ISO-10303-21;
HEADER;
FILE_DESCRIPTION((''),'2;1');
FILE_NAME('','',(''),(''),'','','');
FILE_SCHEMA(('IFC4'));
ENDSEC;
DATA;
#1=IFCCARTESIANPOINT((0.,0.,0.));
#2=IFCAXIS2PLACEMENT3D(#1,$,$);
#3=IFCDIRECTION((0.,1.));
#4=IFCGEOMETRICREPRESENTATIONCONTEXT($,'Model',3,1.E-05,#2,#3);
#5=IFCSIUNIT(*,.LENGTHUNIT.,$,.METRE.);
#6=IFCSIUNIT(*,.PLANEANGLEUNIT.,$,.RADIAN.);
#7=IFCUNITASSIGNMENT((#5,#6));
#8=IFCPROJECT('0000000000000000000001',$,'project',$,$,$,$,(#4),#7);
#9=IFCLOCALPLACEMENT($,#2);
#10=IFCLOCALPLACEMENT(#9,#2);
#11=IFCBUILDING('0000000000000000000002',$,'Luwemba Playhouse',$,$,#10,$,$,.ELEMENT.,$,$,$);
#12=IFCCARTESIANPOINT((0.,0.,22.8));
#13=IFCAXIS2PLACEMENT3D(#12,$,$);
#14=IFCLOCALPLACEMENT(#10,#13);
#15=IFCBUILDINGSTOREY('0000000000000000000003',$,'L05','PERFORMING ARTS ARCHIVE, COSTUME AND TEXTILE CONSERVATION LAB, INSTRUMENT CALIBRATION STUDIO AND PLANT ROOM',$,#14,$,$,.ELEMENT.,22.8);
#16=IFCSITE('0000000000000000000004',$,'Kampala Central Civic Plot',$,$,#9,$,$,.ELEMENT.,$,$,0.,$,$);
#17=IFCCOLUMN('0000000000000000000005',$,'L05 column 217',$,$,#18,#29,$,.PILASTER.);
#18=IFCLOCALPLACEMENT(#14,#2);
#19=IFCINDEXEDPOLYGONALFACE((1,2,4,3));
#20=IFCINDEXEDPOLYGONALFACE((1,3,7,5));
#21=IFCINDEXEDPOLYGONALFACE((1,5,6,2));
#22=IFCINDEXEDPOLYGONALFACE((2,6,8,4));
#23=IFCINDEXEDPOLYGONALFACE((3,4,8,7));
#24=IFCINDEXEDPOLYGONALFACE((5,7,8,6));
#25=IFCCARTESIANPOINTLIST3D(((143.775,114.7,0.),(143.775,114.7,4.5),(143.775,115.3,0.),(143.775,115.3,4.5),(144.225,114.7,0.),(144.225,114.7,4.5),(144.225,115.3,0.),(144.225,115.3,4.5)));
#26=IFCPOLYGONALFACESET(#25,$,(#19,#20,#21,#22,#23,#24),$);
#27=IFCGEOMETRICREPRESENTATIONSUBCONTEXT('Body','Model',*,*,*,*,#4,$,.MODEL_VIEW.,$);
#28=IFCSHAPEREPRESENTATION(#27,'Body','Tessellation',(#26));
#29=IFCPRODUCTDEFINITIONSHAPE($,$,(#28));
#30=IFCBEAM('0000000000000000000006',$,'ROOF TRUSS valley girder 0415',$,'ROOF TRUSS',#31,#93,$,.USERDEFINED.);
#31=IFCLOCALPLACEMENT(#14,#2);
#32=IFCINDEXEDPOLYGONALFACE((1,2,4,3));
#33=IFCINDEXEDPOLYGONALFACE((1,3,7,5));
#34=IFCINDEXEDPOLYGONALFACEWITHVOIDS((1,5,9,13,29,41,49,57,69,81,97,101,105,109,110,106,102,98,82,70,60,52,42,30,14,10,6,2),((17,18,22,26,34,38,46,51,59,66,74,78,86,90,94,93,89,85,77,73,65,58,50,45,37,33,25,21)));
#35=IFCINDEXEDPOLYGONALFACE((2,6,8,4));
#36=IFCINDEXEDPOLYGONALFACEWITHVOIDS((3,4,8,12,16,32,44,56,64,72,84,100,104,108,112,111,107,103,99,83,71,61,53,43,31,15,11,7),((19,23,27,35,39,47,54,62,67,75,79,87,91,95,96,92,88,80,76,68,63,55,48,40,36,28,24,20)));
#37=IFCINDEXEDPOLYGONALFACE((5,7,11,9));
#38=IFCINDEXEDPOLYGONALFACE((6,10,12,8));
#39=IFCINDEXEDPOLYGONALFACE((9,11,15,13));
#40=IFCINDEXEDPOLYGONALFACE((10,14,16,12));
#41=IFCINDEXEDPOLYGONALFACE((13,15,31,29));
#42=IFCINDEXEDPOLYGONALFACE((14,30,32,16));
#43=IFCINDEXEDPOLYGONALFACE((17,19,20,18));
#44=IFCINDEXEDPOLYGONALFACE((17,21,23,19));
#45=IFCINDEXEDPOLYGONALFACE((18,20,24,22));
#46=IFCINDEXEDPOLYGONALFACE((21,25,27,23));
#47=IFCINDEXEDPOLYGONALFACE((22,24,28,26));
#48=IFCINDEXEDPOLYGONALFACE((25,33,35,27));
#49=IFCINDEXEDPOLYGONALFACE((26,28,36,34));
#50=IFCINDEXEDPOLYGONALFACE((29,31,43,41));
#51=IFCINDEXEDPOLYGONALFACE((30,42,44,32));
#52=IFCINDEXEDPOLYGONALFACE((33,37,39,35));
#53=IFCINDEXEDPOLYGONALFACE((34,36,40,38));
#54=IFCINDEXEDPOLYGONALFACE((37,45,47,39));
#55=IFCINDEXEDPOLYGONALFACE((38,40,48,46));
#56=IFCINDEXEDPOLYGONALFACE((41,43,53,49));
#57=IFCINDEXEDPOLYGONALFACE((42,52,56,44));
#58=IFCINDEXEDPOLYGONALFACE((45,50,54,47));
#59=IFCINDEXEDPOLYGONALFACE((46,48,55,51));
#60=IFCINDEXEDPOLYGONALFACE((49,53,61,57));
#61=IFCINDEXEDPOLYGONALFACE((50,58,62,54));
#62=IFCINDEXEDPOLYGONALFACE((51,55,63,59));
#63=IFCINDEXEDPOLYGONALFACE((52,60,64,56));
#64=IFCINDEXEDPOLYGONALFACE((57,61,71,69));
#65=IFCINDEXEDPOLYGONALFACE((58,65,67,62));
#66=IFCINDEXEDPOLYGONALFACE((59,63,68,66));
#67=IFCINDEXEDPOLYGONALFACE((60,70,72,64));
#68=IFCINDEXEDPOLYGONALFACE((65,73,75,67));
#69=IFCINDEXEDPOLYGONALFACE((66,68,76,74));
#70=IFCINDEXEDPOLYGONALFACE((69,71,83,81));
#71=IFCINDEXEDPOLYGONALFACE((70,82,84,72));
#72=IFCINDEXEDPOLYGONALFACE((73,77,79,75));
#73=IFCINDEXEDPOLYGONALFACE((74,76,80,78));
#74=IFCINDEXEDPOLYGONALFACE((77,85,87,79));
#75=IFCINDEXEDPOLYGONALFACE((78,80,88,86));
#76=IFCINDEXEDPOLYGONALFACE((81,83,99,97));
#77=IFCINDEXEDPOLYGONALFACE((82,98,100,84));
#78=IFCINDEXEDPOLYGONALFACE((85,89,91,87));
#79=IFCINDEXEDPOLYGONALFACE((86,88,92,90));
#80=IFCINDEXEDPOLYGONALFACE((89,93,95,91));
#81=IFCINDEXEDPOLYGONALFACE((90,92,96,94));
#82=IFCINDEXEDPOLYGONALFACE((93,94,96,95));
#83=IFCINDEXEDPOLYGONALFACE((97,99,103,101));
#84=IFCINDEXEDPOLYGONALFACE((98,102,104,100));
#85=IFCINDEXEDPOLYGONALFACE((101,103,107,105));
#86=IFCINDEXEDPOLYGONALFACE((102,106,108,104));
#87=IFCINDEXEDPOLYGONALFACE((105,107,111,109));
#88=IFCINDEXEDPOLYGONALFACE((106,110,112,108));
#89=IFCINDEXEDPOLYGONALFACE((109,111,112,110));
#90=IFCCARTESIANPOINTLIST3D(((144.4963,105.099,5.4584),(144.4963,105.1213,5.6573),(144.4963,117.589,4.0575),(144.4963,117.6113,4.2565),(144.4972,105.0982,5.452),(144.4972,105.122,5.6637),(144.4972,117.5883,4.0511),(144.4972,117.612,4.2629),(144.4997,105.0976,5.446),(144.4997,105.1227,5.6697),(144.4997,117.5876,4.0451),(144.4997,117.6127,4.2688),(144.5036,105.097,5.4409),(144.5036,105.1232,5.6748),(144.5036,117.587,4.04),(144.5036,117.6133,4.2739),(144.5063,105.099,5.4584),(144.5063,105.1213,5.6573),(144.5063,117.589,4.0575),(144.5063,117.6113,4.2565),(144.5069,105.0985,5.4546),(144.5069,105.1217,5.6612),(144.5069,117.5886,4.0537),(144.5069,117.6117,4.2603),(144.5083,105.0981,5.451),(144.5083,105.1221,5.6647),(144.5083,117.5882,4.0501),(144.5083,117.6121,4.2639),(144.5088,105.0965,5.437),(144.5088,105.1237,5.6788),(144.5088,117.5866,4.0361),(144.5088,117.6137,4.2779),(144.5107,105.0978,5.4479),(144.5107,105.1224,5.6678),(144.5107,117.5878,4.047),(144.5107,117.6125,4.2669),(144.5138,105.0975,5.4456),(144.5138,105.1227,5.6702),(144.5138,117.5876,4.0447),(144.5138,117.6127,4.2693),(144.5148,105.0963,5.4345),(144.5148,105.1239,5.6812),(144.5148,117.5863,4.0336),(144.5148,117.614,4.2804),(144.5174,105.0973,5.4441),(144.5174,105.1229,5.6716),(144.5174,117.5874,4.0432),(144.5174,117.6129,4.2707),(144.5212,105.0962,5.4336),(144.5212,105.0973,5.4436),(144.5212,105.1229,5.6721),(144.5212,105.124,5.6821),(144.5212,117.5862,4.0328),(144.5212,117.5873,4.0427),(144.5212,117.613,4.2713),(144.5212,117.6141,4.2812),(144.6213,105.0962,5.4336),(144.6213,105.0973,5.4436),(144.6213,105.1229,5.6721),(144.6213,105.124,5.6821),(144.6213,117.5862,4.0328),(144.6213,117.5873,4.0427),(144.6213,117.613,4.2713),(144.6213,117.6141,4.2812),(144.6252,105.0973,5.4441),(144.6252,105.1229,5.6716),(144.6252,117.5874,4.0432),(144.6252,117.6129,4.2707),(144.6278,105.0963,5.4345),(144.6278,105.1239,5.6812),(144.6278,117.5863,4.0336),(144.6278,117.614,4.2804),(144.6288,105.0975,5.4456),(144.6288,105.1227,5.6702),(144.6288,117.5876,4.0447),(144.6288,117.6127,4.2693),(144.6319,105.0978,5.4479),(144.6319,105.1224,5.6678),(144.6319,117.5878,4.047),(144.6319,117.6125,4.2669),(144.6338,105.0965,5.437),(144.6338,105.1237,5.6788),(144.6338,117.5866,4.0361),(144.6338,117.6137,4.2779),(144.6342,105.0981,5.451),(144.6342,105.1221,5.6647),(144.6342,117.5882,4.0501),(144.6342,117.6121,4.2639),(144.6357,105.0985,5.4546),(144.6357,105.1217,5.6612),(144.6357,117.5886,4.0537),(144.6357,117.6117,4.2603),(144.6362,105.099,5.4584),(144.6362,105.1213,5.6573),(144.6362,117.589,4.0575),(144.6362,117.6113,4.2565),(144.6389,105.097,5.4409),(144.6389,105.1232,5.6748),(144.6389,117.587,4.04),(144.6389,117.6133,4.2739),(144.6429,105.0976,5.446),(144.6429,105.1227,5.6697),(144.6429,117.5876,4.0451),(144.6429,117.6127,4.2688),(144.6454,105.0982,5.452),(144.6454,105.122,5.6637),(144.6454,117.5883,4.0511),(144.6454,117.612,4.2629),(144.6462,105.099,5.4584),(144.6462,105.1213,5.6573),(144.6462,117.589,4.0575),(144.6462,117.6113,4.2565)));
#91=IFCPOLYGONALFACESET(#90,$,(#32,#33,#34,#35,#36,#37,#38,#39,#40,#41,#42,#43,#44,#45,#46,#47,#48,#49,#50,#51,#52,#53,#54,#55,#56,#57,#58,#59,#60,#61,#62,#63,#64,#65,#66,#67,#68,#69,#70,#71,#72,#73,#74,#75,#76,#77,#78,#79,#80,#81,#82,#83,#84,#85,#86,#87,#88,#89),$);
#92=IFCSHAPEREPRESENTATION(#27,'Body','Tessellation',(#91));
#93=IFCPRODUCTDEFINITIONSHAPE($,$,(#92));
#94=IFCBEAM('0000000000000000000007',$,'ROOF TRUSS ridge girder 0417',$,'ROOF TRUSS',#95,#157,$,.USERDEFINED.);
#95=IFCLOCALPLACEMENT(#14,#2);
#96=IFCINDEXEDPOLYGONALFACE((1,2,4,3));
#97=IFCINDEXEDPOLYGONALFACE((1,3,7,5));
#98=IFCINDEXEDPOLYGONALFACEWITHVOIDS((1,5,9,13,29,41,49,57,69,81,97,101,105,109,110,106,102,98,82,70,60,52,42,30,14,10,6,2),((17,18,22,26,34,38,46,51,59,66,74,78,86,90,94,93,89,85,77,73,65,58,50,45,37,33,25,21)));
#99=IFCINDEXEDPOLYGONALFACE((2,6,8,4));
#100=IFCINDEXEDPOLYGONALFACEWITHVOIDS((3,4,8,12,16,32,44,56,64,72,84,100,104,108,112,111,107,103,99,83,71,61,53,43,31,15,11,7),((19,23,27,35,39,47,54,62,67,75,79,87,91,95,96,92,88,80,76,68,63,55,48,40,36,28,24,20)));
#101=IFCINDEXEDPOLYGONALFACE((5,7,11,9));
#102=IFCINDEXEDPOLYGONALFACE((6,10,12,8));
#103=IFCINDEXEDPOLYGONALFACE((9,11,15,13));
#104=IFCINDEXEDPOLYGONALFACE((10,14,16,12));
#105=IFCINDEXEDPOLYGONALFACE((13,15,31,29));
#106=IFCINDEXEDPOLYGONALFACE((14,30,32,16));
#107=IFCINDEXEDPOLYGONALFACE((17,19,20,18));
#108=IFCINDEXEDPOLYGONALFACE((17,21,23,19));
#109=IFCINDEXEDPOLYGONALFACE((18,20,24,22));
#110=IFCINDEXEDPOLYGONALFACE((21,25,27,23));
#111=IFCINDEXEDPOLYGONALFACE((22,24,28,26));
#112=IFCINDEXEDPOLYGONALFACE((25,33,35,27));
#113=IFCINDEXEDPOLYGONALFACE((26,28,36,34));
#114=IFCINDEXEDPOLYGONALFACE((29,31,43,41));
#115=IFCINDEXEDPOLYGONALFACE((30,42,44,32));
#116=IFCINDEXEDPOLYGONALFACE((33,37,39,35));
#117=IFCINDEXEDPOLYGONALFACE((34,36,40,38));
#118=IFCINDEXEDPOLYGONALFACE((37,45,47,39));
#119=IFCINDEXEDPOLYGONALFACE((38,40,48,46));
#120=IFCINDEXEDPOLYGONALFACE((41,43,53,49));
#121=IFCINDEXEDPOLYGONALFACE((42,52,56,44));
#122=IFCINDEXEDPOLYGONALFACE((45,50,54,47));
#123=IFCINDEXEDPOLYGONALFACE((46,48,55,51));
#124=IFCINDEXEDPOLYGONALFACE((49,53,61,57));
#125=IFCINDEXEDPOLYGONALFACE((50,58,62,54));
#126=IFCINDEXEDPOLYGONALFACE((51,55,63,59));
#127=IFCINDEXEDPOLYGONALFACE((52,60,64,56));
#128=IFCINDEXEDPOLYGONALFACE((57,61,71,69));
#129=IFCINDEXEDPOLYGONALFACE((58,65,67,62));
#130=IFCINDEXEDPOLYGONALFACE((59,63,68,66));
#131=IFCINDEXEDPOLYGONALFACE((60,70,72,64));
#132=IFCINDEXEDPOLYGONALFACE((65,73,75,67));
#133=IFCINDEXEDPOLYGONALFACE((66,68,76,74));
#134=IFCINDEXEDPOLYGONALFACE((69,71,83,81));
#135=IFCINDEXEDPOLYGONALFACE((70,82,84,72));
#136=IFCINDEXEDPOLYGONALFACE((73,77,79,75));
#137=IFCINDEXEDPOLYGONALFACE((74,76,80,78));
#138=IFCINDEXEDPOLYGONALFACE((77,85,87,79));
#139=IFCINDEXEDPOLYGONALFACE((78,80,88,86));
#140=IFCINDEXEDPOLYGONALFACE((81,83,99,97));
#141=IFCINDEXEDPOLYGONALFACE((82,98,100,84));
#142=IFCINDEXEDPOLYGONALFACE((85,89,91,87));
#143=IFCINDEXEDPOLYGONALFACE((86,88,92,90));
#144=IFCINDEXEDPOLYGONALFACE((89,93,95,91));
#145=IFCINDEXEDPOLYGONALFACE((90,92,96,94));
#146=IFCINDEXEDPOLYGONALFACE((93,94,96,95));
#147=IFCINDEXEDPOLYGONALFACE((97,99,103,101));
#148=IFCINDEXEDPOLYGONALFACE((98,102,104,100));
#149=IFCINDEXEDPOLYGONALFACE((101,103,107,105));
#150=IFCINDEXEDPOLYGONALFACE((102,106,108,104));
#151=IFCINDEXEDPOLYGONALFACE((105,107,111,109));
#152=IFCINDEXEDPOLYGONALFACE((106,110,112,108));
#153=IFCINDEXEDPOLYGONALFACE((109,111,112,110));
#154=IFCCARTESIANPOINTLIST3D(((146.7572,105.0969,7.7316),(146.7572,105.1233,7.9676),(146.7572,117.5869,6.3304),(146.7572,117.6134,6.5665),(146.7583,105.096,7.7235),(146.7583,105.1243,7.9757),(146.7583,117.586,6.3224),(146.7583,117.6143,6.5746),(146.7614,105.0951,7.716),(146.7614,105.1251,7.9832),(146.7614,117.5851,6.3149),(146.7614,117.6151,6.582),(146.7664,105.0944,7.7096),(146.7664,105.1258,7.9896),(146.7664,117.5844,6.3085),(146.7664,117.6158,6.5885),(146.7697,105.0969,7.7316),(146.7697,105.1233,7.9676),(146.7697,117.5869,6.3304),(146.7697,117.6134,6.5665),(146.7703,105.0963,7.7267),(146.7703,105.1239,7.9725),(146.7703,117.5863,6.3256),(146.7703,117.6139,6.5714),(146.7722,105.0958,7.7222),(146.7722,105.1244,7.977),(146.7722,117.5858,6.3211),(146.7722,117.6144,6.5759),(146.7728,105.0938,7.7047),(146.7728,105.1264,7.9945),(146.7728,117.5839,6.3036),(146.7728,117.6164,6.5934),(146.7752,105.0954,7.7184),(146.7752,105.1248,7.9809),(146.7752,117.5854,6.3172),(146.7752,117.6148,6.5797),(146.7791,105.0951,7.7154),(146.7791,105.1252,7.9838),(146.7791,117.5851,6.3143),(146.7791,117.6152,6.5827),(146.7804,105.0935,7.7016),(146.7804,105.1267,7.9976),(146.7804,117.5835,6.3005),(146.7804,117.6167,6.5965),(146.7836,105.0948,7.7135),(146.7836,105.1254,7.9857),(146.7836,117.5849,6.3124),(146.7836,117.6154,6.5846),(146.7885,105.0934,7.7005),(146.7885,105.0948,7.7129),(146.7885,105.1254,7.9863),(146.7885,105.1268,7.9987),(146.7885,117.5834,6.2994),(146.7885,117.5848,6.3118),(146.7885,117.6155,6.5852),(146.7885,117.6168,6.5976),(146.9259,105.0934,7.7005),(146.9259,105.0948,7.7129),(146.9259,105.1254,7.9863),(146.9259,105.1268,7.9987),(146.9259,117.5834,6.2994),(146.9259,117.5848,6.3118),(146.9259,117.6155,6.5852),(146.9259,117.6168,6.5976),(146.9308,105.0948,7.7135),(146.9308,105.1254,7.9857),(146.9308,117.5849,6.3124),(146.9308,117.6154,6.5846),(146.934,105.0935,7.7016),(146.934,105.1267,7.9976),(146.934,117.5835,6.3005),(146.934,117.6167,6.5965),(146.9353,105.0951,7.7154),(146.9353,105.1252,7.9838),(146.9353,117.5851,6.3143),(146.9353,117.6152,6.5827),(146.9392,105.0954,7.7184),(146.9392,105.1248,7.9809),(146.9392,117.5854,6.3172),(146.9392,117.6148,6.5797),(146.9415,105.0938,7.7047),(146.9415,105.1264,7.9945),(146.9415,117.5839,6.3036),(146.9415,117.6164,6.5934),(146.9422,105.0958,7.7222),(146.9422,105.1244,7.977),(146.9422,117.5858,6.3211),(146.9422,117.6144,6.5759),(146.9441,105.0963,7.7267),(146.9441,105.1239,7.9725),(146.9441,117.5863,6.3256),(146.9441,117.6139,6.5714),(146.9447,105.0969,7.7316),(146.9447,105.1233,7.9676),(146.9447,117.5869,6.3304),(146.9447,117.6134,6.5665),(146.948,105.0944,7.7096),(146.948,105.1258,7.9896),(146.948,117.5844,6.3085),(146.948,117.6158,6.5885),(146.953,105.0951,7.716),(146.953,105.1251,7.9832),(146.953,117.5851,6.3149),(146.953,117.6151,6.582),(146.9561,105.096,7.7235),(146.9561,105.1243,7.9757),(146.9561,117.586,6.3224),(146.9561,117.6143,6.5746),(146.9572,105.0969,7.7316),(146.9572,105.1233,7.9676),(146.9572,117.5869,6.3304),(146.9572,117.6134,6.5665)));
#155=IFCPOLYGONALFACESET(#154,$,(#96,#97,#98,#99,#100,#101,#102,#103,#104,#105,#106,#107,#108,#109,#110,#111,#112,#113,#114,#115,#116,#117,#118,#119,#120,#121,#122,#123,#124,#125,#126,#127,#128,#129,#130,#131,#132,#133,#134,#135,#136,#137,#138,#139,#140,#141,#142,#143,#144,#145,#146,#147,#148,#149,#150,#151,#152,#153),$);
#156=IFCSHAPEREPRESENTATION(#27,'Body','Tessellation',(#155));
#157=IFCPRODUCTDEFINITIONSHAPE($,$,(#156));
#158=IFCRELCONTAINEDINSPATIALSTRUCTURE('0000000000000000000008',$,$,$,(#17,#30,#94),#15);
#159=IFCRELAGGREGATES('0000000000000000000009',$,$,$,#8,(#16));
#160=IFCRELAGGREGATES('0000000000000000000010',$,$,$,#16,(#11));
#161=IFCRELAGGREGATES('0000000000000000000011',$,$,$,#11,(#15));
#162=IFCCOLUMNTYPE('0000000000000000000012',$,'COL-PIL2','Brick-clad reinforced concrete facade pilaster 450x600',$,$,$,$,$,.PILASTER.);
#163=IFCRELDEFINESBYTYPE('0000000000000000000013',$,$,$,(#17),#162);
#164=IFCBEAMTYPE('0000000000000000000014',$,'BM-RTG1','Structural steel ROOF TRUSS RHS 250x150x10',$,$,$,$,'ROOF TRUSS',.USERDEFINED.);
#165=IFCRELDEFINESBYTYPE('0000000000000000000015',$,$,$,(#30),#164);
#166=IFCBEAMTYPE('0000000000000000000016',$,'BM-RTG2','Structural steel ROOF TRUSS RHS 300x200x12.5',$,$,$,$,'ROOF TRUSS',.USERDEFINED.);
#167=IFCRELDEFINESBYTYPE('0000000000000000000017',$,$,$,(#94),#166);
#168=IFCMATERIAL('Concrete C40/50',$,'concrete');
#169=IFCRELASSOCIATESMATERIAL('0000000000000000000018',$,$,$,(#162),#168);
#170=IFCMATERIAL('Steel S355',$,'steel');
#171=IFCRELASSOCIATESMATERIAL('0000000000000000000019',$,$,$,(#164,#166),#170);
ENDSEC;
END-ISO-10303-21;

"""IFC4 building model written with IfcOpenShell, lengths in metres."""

from ifc_helpers import new_model, si_unit, direction, frame, origin, origin_2d, place, context, subcontext, project, spatial, rectangle, hollow_rectangle, extrude, material, material_profile, profile_set, type_object, element, save


model = new_model("IFC4")

# Units and contexts
model_context = context("Model", 3, precision=1e-05, world=origin(), true_north=direction((0.0, 1.0)))
body_context = subcontext(model_context, "Body", "Model", "MODEL_VIEW")
ifc_project = project(units=[si_unit("LENGTHUNIT", "METRE"), si_unit("PLANEANGLEUNIT", "RADIAN")], contexts=[model_context])

# Site, building, storey
site_placement = place(None, origin())
site = spatial("IfcSite", under=ifc_project, at=site_placement, Name="Kampala Central Civic Plot", CompositionType="ELEMENT", RefElevation=0.0)
building_placement = place(site_placement, origin())
building = spatial("IfcBuilding", under=site, at=building_placement, Name="Luwemba Playhouse", CompositionType="ELEMENT")
storey_placement = place(building_placement, frame((0.0, 0.0, 22.8)))
storey = spatial("IfcBuildingStorey", under=building, at=storey_placement, Name="L05", Description="PERFORMING ARTS ARCHIVE, COSTUME AND TEXTILE CONSERVATION LAB, INSTRUMENT CALIBRATION STUDIO AND PLANT ROOM", CompositionType="ELEMENT", Elevation=22.8)

# Column
ifc_material_1 = material(Name="Concrete C40/50", Category="concrete")
ifc_material_profile_1 = material_profile(ifc_material_1, rectangle(XDim=0.45, YDim=0.6001, at=origin_2d()))
ifc_profile_set_1 = profile_set([ifc_material_profile_1], Name="Concrete C40/50")
column_type = type_object("IfcColumnType", Name="COL-PIL2", Description="Brick-clad reinforced concrete facade pilaster 450x600", PredefinedType="PILASTER", material=ifc_profile_set_1)
column_placement = place(storey_placement, frame((144.0, 115.0, 0.0), z_axis=(0.0, 0.0, 1.0), x_axis=(1.0, 0.0, 0.0)))
element("IfcColumn", 1, at=column_placement, inside=storey, type_object=column_type, Name="L05 column 217", PredefinedType="PILASTER", context=body_context, shape_type="SweptSolid", body=[
    extrude(rectangle(XDim=0.45, YDim=0.6001, at=origin_2d()), origin(), (0.0, 0.0, 1.0), 4.5),
])

# Beams
ifc_material_2 = material(Name="Steel S355", Category="steel")
ifc_material_profile_2 = material_profile(ifc_material_2, hollow_rectangle(XDim=0.1499, YDim=0.25, WallThickness=0.01, InnerFilletRadius=0.0149, OuterFilletRadius=0.0249, at=origin_2d()))
ifc_profile_set_2 = profile_set([ifc_material_profile_2], Name="Steel S355")
beam_type_1 = type_object("IfcBeamType", Name="BM-RTG1", Description="Structural steel ROOF TRUSS RHS 250x150x10", ElementType="ROOF TRUSS", PredefinedType="USERDEFINED", material=ifc_profile_set_2)
beam_1_placement = place(storey_placement, frame((144.5713, 105.1101, 5.5579), z_axis=(0.0, 0.993769, -0.111461), x_axis=(-1.0, 0.0, 0.0)))
element("IfcBeam", 2, at=beam_1_placement, inside=storey, type_object=beam_type_1, Name="ROOF TRUSS valley girder 0415", ObjectType="ROOF TRUSS", PredefinedType="USERDEFINED", context=body_context, shape_type="SweptSolid", body=[
    extrude(hollow_rectangle(XDim=0.1499, YDim=0.25, WallThickness=0.01, InnerFilletRadius=0.0149, OuterFilletRadius=0.0249, at=origin_2d()), origin(), (0.0, 0.0, 1.0), 12.5684),
])
ifc_material_profile_3 = material_profile(ifc_material_2, hollow_rectangle(XDim=0.2, YDim=0.3, WallThickness=0.0125, InnerFilletRadius=0.0188, OuterFilletRadius=0.0312, at=origin_2d()))
ifc_profile_set_3 = profile_set([ifc_material_profile_3], Name="Steel S355")
beam_type_2 = type_object("IfcBeamType", Name="BM-RTG2", Description="Structural steel ROOF TRUSS RHS 300x200x12.5", ElementType="ROOF TRUSS", PredefinedType="USERDEFINED", material=ifc_profile_set_3)
beam_2_placement = place(storey_placement, frame((146.8572, 105.1101, 7.8496), z_axis=(0.0, 0.993767, -0.11148), x_axis=(-1.0, 0.0, 0.0)))
element("IfcBeam", 3, at=beam_2_placement, inside=storey, type_object=beam_type_2, Name="ROOF TRUSS ridge girder 0417", ObjectType="ROOF TRUSS", PredefinedType="USERDEFINED", context=body_context, shape_type="SweptSolid", body=[
    extrude(hollow_rectangle(XDim=0.2, YDim=0.3, WallThickness=0.0125, InnerFilletRadius=0.0188, OuterFilletRadius=0.0312, at=origin_2d()), origin(), (0.0, 0.0, 1.0), 12.5684),
])

save(model, "model.ifc")
